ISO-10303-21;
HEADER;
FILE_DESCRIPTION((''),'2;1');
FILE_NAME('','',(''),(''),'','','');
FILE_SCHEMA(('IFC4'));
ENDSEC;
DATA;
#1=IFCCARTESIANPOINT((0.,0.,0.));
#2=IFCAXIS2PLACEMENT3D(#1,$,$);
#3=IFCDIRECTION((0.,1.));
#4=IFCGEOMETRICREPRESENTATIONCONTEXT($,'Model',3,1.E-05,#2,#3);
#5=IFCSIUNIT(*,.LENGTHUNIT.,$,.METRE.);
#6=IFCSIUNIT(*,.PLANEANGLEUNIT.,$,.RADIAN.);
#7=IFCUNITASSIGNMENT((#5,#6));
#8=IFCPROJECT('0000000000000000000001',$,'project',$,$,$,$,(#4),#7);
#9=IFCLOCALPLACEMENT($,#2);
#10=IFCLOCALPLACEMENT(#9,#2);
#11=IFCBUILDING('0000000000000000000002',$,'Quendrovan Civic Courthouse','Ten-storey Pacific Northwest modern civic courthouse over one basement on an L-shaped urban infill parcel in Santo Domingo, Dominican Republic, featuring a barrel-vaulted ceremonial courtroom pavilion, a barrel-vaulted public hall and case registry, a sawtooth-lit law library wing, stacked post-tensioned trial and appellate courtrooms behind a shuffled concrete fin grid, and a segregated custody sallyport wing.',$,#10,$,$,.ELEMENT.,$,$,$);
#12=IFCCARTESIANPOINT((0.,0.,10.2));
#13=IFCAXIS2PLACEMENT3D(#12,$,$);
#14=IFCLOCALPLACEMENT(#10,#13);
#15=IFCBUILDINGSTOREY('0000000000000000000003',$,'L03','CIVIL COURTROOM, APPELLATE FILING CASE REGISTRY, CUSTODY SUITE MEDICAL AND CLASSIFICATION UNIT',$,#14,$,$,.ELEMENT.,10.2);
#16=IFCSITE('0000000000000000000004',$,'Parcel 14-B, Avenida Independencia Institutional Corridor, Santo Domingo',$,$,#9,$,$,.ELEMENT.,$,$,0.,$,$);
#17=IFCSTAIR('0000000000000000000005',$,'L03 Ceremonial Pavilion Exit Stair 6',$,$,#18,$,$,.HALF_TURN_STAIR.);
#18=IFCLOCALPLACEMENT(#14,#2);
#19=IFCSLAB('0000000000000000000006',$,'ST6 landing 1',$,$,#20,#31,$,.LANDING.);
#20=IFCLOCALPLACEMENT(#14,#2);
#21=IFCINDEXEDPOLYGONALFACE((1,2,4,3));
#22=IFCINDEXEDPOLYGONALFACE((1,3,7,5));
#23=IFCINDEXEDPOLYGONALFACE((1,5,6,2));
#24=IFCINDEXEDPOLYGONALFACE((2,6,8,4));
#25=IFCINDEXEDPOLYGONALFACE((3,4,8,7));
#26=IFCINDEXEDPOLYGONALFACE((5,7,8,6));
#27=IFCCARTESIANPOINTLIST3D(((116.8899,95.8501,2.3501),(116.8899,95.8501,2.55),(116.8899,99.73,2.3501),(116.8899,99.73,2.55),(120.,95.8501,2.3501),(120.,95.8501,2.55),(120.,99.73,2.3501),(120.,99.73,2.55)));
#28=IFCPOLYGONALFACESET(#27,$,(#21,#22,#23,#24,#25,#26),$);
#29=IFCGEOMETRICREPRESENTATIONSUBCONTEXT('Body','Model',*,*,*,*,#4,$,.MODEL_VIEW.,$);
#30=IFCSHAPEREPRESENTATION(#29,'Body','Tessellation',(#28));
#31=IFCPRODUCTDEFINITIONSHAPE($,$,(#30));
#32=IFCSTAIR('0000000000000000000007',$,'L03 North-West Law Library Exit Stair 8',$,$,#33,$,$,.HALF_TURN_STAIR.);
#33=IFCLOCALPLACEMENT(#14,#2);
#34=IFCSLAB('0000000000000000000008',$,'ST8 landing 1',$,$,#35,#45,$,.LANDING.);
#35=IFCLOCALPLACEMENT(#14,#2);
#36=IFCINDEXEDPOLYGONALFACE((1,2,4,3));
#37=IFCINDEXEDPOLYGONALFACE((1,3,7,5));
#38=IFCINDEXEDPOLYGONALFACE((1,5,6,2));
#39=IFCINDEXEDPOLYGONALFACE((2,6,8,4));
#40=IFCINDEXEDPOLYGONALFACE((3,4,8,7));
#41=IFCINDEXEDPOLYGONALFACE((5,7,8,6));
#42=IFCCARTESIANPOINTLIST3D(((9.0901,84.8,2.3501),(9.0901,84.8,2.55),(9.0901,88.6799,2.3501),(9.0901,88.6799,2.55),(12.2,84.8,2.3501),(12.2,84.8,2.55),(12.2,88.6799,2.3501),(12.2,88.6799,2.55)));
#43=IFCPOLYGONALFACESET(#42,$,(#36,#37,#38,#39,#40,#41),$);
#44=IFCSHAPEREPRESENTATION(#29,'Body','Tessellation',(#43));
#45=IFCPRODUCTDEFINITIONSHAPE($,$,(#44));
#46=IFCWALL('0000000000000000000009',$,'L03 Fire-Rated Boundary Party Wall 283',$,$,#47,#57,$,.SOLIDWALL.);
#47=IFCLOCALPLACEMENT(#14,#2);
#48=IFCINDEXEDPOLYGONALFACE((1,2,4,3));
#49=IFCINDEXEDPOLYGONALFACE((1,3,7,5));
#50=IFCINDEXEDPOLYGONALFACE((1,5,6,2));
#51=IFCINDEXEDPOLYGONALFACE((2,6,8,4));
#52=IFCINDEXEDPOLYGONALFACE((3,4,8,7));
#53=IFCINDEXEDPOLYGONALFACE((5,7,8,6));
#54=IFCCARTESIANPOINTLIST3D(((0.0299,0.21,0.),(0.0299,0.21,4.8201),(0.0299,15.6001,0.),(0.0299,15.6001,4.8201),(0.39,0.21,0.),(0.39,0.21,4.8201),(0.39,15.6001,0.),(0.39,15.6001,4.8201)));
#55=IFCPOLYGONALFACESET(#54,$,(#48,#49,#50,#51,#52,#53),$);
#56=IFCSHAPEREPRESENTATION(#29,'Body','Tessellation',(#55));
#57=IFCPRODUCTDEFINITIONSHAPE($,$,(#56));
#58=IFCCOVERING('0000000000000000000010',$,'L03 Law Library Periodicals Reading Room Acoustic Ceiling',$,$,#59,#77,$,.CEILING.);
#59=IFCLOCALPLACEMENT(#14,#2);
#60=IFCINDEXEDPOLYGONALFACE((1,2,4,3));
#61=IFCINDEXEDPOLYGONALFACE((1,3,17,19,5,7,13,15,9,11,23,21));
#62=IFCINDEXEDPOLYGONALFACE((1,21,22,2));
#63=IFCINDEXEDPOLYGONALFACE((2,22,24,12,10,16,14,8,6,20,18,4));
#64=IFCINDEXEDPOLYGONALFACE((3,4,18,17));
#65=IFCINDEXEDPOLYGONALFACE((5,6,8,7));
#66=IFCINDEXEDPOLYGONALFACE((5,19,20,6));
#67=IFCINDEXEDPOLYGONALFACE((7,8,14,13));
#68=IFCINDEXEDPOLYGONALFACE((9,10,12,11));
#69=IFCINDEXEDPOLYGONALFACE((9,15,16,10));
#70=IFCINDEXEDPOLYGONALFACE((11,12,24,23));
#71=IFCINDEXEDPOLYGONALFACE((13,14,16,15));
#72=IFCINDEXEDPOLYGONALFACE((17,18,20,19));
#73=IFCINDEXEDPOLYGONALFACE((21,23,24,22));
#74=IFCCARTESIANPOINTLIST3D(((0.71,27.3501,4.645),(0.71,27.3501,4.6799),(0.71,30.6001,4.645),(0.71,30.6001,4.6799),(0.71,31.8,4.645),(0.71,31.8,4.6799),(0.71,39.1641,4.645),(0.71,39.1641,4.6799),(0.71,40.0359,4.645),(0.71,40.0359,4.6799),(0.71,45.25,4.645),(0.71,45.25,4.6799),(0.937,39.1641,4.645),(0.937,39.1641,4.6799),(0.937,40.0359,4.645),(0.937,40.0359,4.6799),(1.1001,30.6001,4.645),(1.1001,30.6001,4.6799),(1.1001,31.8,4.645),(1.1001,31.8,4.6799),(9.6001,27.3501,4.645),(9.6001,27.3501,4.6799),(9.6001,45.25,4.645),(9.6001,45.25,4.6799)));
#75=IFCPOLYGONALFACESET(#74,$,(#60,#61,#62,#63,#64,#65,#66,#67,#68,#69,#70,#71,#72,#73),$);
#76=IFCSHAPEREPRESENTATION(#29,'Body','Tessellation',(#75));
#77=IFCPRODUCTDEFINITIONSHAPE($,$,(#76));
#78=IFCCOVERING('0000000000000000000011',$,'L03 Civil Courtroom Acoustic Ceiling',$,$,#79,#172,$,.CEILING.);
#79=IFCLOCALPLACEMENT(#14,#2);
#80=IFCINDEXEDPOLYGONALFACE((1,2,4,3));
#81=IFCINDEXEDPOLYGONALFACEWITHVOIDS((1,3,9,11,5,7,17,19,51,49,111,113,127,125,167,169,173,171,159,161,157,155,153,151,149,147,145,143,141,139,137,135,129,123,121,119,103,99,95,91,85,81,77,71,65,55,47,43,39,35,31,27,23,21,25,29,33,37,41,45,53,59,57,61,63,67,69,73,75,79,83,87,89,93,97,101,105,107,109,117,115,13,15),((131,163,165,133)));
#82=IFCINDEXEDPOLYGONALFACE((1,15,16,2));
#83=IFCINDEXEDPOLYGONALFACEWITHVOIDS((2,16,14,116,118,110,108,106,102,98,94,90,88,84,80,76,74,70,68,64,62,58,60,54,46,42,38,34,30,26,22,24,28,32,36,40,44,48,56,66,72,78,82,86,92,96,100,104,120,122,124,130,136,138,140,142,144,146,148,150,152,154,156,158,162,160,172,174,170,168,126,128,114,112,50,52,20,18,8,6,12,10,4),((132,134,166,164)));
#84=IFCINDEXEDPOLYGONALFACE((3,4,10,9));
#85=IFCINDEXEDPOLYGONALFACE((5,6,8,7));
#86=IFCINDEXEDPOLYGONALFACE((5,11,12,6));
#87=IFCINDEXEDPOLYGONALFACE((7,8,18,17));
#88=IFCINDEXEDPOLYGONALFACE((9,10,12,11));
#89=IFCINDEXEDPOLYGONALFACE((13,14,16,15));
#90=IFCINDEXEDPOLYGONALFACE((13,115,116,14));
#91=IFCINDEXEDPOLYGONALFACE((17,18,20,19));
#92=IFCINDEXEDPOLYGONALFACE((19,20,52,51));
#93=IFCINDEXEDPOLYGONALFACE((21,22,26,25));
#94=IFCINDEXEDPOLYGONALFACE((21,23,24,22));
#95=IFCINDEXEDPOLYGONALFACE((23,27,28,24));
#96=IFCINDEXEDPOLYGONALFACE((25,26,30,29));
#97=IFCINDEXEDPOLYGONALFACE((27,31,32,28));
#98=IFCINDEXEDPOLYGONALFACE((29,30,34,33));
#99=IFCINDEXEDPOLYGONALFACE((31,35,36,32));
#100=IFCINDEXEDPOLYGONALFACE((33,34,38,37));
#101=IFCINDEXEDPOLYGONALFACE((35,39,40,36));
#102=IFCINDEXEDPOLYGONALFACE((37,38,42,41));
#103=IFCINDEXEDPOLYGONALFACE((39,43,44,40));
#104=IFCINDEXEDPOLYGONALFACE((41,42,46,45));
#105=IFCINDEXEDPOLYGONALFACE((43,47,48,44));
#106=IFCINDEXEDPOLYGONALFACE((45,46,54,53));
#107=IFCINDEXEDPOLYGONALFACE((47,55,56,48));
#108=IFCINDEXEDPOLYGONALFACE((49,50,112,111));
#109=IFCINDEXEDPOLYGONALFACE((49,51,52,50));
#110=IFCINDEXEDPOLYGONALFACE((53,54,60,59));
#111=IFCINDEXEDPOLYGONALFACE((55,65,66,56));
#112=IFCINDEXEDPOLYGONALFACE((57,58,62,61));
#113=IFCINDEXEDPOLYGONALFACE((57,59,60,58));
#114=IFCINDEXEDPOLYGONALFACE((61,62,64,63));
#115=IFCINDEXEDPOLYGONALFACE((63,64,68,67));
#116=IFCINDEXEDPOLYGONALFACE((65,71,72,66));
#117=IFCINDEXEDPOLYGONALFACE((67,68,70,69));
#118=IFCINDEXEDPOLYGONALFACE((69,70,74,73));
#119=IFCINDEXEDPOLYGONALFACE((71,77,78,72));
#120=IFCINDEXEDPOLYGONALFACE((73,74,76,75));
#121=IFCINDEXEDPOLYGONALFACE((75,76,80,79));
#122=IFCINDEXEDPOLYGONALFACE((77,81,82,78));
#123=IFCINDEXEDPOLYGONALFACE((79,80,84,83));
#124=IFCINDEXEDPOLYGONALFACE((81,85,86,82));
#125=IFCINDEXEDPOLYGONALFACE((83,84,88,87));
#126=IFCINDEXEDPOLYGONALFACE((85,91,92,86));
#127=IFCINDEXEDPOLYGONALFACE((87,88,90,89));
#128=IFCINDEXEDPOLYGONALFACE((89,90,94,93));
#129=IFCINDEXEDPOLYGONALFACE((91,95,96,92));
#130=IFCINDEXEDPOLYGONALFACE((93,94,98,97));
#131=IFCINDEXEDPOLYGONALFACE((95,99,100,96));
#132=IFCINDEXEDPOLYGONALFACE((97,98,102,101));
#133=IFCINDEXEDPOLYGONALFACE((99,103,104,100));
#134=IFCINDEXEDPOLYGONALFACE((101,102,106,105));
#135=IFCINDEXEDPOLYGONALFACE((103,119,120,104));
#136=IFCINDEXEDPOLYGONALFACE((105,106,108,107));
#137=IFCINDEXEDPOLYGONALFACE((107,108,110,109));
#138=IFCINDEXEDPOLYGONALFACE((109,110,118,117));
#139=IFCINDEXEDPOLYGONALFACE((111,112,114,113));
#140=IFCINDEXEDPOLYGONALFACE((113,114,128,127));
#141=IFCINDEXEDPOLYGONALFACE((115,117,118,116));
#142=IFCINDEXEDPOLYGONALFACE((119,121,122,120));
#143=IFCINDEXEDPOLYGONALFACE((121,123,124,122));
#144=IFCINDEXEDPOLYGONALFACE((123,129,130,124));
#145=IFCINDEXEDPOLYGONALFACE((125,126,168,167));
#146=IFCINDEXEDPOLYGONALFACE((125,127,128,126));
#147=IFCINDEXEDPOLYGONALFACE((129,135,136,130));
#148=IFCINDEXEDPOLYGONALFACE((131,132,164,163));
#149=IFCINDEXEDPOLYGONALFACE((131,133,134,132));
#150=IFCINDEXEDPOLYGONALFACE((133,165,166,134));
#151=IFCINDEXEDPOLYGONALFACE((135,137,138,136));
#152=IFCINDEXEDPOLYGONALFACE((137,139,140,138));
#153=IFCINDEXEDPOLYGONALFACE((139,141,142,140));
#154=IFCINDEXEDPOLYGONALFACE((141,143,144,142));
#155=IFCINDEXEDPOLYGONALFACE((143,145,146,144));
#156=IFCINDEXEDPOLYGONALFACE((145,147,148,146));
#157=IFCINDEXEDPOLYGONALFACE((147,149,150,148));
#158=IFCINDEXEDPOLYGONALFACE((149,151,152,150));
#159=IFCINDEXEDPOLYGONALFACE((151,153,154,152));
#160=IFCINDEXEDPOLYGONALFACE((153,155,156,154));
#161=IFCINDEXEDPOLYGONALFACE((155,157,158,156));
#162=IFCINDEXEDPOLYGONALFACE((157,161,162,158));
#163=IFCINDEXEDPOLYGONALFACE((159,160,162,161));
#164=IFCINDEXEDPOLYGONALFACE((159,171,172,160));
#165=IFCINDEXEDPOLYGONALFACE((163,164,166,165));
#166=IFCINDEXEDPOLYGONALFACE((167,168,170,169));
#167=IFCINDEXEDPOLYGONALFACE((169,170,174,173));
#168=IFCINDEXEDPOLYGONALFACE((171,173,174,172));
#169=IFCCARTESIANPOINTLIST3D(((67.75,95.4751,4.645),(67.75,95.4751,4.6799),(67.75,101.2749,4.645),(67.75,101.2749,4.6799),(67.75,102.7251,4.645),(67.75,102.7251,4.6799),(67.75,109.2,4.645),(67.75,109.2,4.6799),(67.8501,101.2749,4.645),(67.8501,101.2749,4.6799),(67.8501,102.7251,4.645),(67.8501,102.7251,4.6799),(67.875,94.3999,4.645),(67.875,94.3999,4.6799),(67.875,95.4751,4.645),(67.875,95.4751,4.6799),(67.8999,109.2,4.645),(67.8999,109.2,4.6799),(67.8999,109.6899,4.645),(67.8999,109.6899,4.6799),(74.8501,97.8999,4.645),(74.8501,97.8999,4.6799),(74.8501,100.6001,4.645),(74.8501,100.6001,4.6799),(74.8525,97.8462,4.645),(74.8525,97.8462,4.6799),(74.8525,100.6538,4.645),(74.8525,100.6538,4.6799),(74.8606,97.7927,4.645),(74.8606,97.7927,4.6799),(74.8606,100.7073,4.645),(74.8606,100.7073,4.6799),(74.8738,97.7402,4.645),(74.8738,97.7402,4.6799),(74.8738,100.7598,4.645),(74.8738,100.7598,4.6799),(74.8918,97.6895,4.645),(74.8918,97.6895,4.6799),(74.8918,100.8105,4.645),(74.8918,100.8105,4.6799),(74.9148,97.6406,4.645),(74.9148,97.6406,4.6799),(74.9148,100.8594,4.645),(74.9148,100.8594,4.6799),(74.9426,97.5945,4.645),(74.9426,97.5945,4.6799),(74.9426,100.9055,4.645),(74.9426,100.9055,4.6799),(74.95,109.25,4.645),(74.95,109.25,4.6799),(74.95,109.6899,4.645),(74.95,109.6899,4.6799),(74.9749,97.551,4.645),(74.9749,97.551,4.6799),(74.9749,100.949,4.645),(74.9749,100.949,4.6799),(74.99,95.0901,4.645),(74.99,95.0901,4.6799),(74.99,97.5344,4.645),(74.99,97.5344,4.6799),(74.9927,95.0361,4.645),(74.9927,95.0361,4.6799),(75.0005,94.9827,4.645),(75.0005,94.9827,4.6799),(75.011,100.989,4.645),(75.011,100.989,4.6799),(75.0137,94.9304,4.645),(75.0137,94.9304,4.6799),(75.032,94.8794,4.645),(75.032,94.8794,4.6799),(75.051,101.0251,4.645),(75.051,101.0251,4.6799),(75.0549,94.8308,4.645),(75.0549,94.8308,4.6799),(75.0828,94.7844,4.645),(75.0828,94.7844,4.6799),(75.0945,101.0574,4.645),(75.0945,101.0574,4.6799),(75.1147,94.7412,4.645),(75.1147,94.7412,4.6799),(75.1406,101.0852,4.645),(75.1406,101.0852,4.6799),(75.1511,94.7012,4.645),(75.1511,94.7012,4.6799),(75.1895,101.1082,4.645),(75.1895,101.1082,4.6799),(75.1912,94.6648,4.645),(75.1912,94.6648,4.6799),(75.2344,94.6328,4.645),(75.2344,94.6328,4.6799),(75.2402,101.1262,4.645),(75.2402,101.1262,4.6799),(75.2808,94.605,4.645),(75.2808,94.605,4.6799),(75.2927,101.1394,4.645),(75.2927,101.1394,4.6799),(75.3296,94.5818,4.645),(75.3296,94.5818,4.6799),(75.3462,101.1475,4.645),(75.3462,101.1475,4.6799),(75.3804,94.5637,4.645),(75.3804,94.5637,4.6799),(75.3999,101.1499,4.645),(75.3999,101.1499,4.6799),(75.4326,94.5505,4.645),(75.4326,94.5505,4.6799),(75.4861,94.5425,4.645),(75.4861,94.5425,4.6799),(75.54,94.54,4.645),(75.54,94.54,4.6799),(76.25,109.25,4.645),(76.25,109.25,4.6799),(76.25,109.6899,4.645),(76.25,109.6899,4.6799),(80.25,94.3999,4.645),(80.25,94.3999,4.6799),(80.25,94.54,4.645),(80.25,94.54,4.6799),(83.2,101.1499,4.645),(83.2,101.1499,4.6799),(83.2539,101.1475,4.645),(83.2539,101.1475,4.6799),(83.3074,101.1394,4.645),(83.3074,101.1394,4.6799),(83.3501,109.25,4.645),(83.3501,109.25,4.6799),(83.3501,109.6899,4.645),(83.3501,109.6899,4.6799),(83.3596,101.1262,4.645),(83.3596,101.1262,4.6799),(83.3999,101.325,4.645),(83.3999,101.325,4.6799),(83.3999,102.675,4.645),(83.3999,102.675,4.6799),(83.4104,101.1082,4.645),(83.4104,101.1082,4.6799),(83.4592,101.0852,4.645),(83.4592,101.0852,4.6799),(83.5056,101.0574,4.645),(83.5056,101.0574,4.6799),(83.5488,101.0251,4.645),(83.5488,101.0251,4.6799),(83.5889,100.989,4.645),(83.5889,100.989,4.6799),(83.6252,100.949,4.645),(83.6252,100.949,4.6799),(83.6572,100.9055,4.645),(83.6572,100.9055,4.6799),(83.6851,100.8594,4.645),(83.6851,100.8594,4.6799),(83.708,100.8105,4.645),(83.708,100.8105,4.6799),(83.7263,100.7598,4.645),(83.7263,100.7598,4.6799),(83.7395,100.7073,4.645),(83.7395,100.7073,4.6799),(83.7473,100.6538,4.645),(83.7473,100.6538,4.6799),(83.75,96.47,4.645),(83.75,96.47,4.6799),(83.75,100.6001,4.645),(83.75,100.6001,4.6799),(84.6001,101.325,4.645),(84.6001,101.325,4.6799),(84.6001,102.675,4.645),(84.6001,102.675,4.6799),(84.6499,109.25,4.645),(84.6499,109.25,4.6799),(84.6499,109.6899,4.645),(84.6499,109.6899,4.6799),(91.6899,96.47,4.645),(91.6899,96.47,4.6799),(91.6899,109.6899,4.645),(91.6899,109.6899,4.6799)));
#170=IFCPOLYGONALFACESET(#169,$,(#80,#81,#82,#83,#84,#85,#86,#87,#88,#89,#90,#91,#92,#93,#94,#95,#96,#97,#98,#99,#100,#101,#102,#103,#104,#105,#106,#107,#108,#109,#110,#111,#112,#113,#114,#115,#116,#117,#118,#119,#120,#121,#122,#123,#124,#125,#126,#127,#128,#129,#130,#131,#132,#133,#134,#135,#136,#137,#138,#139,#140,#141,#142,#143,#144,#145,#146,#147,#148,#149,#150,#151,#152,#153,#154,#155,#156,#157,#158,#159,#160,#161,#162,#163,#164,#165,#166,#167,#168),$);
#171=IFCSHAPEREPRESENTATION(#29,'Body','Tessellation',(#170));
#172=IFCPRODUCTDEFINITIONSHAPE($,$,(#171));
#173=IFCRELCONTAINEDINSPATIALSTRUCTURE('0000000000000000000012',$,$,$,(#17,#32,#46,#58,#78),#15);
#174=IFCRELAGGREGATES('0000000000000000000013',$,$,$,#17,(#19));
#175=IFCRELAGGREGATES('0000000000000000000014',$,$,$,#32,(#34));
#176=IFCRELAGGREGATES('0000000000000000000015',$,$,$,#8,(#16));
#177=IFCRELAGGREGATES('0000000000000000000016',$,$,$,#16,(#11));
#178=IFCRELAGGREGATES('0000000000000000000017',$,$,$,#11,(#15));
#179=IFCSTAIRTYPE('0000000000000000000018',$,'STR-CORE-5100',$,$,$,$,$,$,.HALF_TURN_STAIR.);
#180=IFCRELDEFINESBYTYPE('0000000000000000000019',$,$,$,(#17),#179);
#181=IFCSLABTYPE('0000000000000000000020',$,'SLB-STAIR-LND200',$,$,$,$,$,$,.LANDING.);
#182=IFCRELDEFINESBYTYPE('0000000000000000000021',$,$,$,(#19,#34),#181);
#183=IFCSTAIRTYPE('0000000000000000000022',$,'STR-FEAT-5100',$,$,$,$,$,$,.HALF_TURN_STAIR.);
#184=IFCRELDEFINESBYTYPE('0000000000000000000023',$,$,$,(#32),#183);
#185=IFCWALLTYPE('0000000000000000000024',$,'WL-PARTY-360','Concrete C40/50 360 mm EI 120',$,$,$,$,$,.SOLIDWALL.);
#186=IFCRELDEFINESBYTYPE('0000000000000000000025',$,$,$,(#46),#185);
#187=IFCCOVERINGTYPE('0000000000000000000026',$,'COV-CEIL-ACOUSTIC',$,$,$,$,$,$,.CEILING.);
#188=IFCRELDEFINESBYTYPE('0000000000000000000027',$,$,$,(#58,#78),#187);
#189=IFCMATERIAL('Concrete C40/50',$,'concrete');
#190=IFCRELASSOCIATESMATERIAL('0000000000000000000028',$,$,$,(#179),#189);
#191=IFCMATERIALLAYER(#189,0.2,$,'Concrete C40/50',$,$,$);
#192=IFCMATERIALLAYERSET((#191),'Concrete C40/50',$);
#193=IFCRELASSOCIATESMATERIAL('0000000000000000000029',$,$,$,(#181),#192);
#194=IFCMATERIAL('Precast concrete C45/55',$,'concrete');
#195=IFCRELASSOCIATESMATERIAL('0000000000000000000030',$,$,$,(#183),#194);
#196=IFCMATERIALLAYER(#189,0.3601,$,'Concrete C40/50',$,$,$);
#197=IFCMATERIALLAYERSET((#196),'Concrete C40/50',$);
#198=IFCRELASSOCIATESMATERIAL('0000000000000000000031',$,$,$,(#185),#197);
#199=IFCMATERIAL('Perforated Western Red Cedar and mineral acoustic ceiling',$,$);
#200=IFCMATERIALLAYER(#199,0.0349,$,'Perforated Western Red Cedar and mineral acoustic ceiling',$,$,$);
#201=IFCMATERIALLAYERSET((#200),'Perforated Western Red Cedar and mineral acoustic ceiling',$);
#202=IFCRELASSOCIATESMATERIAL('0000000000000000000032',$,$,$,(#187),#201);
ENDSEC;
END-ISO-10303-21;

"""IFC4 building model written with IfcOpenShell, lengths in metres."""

from ifc_helpers import new_model, si_unit, direction, frame, frame_2d, origin, place, context, subcontext, project, spatial, polyline, rectangle, outline, extrude, material, layer, layer_set, type_object, element, aggregate, save


model = new_model("IFC4")

# Units and contexts
model_context = context("Model", 3, precision=1e-05, world=origin(), true_north=direction((0.0, 1.0)))
body_context = subcontext(model_context, "Body", "Model", "MODEL_VIEW")
ifc_project = project(units=[si_unit("LENGTHUNIT", "METRE"), si_unit("PLANEANGLEUNIT", "RADIAN")], contexts=[model_context])

# Site, building, storey
site_placement = place(None, origin())
site = spatial("IfcSite", under=ifc_project, at=site_placement, Name="Parcel 14-B, Avenida Independencia Institutional Corridor, Santo Domingo", CompositionType="ELEMENT", RefElevation=0.0)
building_placement = place(site_placement, origin())
building = spatial("IfcBuilding", under=site, at=building_placement, Name="Quendrovan Civic Courthouse", Description="Ten-storey Pacific Northwest modern civic courthouse over one basement on an L-shaped urban infill parcel in Santo Domingo, Dominican Republic, featuring a barrel-vaulted ceremonial courtroom pavilion, a barrel-vaulted public hall and case registry, a sawtooth-lit law library wing, stacked post-tensioned trial and appellate courtrooms behind a shuffled concrete fin grid, and a segregated custody sallyport wing.", CompositionType="ELEMENT")
storey_placement = place(building_placement, frame((0.0, 0.0, 10.2)))
storey = spatial("IfcBuildingStorey", under=building, at=storey_placement, Name="L03", Description="CIVIL COURTROOM, APPELLATE FILING CASE REGISTRY, CUSTODY SUITE MEDICAL AND CLASSIFICATION UNIT", CompositionType="ELEMENT", Elevation=10.2)

# Shared definitions
ifc_material_1 = material(Name="Concrete C40/50", Category="concrete")

# Stairs, slabs
stair_type_1 = type_object("IfcStairType", Name="STR-CORE-5100", PredefinedType="HALF_TURN_STAIR", material=ifc_material_1)
ifc_layer_1 = layer(ifc_material_1, 0.2, Name="Concrete C40/50")
ifc_layer_set_1 = layer_set([ifc_layer_1], Name="Concrete C40/50")
slab_type = type_object("IfcSlabType", Name="SLB-STAIR-LND200", PredefinedType="LANDING", material=ifc_layer_set_1)
stair_1_placement = place(storey_placement, origin())
stair_1 = element("IfcStair", 1, at=stair_1_placement, inside=storey, type_object=stair_type_1, Name="L03 Ceremonial Pavilion Exit Stair 6", PredefinedType="HALF_TURN_STAIR")
slab_1_placement = place(storey_placement, frame((0.0, 0.0, 2.3501)))
slab_1 = element("IfcSlab", 2, at=slab_1_placement, type_object=slab_type, Name="ST6 landing 1", PredefinedType="LANDING", context=body_context, shape_type="SweptSolid", body=[
    extrude(outline(polyline([(116.8899, 95.8501), (120.0, 95.8501), (120.0, 99.73), (116.8899, 99.73), (116.8899, 95.8501)])), origin(), (0.0, 0.0, 1.0), 0.2),
])
aggregate(stair_1, [slab_1])
ifc_material_2 = material(Name="Precast concrete C45/55", Category="concrete")
stair_type_2 = type_object("IfcStairType", Name="STR-FEAT-5100", PredefinedType="HALF_TURN_STAIR", material=ifc_material_2)
stair_2_placement = place(storey_placement, origin())
stair_2 = element("IfcStair", 3, at=stair_2_placement, inside=storey, type_object=stair_type_2, Name="L03 North-West Law Library Exit Stair 8", PredefinedType="HALF_TURN_STAIR")
slab_2_placement = place(storey_placement, frame((0.0, 0.0, 2.3501)))
slab_2 = element("IfcSlab", 4, at=slab_2_placement, type_object=slab_type, Name="ST8 landing 1", PredefinedType="LANDING", context=body_context, shape_type="SweptSolid", body=[
    extrude(outline(polyline([(9.0901, 84.8), (12.2, 84.8), (12.2, 88.6799), (9.0901, 88.6799), (9.0901, 84.8)])), origin(), (0.0, 0.0, 1.0), 0.2),
])
aggregate(stair_2, [slab_2])

# Wall
ifc_layer_2 = layer(ifc_material_1, 0.3601, Name="Concrete C40/50")
ifc_layer_set_2 = layer_set([ifc_layer_2], Name="Concrete C40/50")
wall_type = type_object("IfcWallType", Name="WL-PARTY-360", Description="Concrete C40/50 360 mm EI 120", PredefinedType="SOLIDWALL", material=ifc_layer_set_2)
wall_placement = place(storey_placement, frame((0.21, 0.21, 0.0), z_axis=(0.0, 0.0, 1.0), x_axis=(0.0, 1.0, 0.0)))
element("IfcWall", 5, at=wall_placement, inside=storey, type_object=wall_type, Name="L03 Fire-Rated Boundary Party Wall 283", PredefinedType="SOLIDWALL", context=body_context, shape_type="SweptSolid", body=[
    extrude(rectangle(XDim=15.3901, YDim=0.3601, at=frame_2d((7.6951, 0.0))), origin(), (0.0, 0.0, 1.0), 4.8201),
])

# Coverings
ifc_material_3 = material(Name="Perforated Western Red Cedar and mineral acoustic ceiling")
ifc_layer_3 = layer(ifc_material_3, 0.0349, Name="Perforated Western Red Cedar and mineral acoustic ceiling")
ifc_layer_set_3 = layer_set([ifc_layer_3], Name="Perforated Western Red Cedar and mineral acoustic ceiling")
covering_type_1 = type_object("IfcCoveringType", Name="COV-CEIL-ACOUSTIC", PredefinedType="CEILING", material=ifc_layer_set_3)
covering_1_placement = place(storey_placement, frame((0.0, 0.0, 4.645)))
element("IfcCovering", 6, at=covering_1_placement, inside=storey, type_object=covering_type_1, Name="L03 Law Library Periodicals Reading Room Acoustic Ceiling", PredefinedType="CEILING", context=body_context, shape_type="SweptSolid", body=[
    extrude(outline(polyline([(0.937, 40.0359), (0.71, 40.0359), (0.71, 45.25), (9.6001, 45.25), (9.6001, 27.3501), (0.71, 27.3501), (0.71, 30.6001), (1.1001, 30.6001), (1.1001, 31.8), (0.71, 31.8), (0.71, 39.1641), (0.937, 39.1641), (0.937, 40.0359)])), origin(), (0.0, 0.0, 1.0), 0.0349),
])
covering_2_placement = place(storey_placement, frame((0.0, 0.0, 4.645)))
element("IfcCovering", 7, at=covering_2_placement, inside=storey, type_object=covering_type_1, Name="L03 Civil Courtroom Acoustic Ceiling", PredefinedType="CEILING", context=body_context, shape_type="SweptSolid", body=[
    extrude(outline(polyline([(83.7473, 100.6538), (83.7395, 100.7073), (83.7263, 100.7598), (83.708, 100.8105), (83.6851, 100.8594), (83.6572, 100.9055), (83.6252, 100.949), (83.5889, 100.989), (83.5488, 101.0251), (83.5056, 101.0574), (83.4592, 101.0852), (83.4104, 101.1082), (83.3596, 101.1262), (83.3074, 101.1394), (83.2539, 101.1475), (83.2, 101.1499), (75.3999, 101.1499), (75.3462, 101.1475), (75.2927, 101.1394), (75.2402, 101.1262), (75.1895, 101.1082), (75.1406, 101.0852), (75.0945, 101.0574), (75.051, 101.0251), (75.011, 100.989), (74.9749, 100.949), (74.9426, 100.9055), (74.9148, 100.8594), (74.8918, 100.8105), (74.8738, 100.7598), (74.8606, 100.7073), (74.8525, 100.6538), (74.8501, 100.6001), (74.8501, 97.8999), (74.8525, 97.8462), (74.8606, 97.7927), (74.8738, 97.7402), (74.8918, 97.6895), (74.9148, 97.6406), (74.9426, 97.5945), (74.9749, 97.551), (74.99, 97.5344), (74.99, 95.0901), (74.9927, 95.0361), (75.0005, 94.9827), (75.0137, 94.9304), (75.032, 94.8794), (75.0549, 94.8308), (75.0828, 94.7844), (75.1147, 94.7412), (75.1511, 94.7012), (75.1912, 94.6648), (75.2344, 94.6328), (75.2808, 94.605), (75.3296, 94.5818), (75.3804, 94.5637), (75.4326, 94.5505), (75.4861, 94.5425), (75.54, 94.54), (80.25, 94.54), (80.25, 94.3999), (67.875, 94.3999), (67.875, 95.4751), (67.75, 95.4751), (67.75, 101.2749), (67.8501, 101.2749), (67.8501, 102.7251), (67.75, 102.7251), (67.75, 109.2), (67.8999, 109.2), (67.8999, 109.6899), (74.95, 109.6899), (74.95, 109.25), (76.25, 109.25), (76.25, 109.6899), (83.3501, 109.6899), (83.3501, 109.25), (84.6499, 109.25), (84.6499, 109.6899), (91.6899, 109.6899), (91.6899, 96.47), (83.75, 96.47), (83.75, 100.6001), (83.7473, 100.6538)]), holes=[polyline([(83.3999, 101.325), (84.6001, 101.325), (84.6001, 102.675), (83.3999, 102.675), (83.3999, 101.325)])]), origin(), (0.0, 0.0, 1.0), 0.0349),
])

save(model, "model.ifc")
